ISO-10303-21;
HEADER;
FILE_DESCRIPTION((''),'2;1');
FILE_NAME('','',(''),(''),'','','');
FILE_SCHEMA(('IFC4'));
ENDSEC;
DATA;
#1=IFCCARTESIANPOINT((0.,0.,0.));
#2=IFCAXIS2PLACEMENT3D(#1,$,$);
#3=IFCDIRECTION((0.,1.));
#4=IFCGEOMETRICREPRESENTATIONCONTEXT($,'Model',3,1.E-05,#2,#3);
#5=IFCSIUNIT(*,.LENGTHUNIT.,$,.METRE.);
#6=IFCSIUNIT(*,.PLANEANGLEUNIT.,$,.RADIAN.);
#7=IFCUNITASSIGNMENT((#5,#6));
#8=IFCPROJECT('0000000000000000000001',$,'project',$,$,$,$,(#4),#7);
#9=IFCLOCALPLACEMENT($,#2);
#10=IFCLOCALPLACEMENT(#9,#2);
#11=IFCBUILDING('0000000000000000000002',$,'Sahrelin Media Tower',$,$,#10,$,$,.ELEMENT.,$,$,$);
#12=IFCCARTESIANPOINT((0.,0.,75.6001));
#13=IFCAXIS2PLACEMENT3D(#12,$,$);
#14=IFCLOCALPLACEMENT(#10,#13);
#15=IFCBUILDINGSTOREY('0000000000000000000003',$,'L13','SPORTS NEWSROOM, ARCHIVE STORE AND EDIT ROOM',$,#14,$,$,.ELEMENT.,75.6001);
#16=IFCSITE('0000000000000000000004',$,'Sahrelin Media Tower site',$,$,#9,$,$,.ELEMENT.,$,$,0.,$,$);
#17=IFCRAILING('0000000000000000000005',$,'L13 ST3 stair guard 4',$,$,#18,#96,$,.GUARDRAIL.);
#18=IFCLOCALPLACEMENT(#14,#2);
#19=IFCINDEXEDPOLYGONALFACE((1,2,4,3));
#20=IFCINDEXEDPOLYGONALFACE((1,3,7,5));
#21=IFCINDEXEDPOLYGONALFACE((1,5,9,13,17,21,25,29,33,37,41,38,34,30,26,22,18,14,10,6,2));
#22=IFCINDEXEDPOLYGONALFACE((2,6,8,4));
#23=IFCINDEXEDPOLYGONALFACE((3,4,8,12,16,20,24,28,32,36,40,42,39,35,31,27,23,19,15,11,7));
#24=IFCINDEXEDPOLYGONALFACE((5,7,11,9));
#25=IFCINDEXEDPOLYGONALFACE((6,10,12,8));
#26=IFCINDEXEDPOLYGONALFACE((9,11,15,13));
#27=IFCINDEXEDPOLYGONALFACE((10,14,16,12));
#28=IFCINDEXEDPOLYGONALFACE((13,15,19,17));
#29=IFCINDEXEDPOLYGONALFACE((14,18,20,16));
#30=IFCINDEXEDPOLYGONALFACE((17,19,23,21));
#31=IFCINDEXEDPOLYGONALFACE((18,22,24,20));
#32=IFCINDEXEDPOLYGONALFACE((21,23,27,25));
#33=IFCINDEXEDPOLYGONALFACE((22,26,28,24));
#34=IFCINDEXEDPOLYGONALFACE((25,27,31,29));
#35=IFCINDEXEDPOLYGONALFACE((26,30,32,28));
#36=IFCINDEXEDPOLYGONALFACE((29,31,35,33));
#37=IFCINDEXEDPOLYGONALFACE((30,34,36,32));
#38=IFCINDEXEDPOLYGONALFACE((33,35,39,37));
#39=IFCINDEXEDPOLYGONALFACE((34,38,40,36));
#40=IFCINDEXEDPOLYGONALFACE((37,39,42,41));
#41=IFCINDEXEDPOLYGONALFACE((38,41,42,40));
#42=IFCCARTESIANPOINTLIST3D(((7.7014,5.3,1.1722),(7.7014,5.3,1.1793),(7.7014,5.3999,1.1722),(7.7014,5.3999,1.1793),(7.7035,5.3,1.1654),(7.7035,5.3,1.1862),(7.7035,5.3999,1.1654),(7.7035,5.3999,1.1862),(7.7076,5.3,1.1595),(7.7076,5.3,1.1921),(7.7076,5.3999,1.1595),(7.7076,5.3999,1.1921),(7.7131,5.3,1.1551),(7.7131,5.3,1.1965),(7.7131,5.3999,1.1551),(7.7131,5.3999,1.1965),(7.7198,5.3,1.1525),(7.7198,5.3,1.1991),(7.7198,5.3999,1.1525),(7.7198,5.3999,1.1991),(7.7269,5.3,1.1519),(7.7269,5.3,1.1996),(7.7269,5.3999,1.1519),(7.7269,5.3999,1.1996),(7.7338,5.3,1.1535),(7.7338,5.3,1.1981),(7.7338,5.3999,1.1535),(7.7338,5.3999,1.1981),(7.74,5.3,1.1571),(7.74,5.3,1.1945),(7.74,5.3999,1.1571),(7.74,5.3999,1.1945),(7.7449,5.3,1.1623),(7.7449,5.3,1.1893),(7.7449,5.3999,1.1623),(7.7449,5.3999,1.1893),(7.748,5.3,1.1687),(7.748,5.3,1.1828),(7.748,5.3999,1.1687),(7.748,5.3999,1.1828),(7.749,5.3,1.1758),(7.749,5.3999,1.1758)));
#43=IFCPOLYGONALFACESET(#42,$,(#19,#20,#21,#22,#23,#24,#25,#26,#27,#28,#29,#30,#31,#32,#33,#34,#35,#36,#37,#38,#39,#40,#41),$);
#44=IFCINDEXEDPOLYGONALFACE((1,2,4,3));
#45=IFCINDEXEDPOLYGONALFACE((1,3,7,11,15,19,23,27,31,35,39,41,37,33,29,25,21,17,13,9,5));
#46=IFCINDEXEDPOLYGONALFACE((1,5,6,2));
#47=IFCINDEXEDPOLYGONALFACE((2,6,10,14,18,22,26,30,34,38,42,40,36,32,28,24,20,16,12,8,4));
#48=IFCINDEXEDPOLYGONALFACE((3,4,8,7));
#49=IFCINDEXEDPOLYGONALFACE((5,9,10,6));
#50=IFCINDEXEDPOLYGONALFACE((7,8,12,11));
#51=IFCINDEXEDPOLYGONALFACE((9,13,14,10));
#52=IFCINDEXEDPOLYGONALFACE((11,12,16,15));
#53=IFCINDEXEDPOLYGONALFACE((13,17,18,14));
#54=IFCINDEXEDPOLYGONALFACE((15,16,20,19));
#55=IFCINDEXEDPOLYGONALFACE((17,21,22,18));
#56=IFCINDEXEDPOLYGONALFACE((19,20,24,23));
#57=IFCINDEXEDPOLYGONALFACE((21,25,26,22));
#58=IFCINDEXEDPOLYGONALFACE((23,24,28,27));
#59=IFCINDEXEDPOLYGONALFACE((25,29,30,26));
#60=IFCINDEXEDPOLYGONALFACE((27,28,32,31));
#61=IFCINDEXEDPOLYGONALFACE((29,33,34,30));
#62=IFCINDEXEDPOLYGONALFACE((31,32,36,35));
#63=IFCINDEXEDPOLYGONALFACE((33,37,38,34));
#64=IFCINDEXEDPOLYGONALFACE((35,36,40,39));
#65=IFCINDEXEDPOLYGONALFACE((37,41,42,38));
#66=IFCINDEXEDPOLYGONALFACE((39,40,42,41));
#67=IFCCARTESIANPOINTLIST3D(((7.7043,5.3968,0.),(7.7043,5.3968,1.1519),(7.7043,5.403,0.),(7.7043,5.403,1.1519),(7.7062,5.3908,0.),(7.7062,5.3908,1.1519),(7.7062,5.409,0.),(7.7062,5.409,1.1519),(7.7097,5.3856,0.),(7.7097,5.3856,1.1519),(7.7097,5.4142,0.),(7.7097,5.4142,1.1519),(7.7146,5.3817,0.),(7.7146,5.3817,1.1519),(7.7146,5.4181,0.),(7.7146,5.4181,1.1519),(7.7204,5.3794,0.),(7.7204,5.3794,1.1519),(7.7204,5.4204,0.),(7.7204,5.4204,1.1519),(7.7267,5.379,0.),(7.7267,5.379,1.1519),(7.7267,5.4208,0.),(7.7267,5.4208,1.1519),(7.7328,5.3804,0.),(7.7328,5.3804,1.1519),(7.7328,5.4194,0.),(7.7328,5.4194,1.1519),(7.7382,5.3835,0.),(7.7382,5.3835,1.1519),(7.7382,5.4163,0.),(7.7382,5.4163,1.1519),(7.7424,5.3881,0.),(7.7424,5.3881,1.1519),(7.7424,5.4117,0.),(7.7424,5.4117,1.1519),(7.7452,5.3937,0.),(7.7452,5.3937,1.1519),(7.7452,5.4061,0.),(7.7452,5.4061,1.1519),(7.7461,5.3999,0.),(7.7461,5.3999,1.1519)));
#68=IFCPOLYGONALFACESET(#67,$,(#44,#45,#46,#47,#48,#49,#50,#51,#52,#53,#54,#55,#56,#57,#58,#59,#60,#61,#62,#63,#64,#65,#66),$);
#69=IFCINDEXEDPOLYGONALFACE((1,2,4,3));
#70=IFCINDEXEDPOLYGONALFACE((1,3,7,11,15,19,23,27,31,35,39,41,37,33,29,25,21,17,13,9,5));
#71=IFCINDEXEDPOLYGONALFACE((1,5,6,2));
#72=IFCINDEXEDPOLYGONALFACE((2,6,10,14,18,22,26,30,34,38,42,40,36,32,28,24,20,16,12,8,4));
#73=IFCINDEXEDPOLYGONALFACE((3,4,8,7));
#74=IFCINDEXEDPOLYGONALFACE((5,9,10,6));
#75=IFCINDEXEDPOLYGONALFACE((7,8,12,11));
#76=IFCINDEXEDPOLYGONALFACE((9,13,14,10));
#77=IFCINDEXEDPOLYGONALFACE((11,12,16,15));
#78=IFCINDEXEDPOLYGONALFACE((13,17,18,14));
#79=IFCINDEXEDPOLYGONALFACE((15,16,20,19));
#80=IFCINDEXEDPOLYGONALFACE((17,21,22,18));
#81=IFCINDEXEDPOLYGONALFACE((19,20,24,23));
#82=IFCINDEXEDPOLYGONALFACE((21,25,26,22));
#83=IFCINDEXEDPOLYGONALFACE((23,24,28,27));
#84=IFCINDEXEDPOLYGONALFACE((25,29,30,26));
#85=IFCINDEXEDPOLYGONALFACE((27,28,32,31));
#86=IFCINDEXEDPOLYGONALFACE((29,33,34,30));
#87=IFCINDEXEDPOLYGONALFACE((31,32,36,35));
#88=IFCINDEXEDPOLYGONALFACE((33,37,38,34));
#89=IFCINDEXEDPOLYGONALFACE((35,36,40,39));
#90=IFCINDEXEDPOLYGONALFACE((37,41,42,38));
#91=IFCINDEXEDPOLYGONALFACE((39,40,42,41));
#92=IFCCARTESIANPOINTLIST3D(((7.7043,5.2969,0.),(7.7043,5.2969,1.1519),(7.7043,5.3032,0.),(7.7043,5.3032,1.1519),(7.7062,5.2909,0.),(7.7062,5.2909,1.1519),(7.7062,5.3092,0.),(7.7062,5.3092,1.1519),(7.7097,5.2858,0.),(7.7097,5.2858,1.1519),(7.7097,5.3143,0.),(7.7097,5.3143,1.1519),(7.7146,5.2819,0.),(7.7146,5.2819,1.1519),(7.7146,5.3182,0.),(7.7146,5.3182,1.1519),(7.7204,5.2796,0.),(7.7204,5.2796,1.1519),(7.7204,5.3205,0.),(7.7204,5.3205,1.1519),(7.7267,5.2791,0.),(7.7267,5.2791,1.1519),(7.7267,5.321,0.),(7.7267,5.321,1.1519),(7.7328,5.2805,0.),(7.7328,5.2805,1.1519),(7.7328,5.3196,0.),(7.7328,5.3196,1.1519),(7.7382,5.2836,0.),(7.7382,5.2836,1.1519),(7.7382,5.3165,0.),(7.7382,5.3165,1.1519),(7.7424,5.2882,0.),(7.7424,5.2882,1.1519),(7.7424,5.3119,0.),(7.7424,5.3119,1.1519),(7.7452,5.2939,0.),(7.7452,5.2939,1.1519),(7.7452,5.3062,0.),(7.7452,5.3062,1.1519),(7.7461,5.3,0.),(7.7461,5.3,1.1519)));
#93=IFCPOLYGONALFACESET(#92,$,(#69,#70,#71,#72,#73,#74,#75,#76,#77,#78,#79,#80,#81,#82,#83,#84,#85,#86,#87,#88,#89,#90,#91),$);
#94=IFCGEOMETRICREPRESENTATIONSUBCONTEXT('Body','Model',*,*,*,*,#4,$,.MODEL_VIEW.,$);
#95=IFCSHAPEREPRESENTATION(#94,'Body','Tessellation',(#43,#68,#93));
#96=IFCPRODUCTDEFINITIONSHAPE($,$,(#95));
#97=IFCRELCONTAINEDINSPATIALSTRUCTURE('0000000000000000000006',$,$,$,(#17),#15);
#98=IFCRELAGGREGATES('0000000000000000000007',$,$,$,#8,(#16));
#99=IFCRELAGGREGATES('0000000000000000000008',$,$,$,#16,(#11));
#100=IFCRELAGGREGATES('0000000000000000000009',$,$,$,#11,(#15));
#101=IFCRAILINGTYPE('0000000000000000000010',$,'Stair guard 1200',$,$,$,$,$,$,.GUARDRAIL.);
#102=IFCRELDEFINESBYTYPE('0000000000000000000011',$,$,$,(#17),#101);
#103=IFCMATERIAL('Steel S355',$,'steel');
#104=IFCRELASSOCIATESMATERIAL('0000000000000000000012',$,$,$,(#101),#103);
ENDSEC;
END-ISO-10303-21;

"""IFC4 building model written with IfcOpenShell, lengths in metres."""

from ifc_helpers import new_model, si_unit, direction, frame, origin, origin_2d, place, context, subcontext, project, spatial, circle, extrude, material, type_object, element, save


model = new_model("IFC4")

# Units and contexts
model_context = context("Model", 3, precision=1e-05, world=origin(), true_north=direction((0.0, 1.0)))
body_context = subcontext(model_context, "Body", "Model", "MODEL_VIEW")
ifc_project = project(units=[si_unit("LENGTHUNIT", "METRE"), si_unit("PLANEANGLEUNIT", "RADIAN")], contexts=[model_context])

# Site, building, storey
site_placement = place(None, origin())
site = spatial("IfcSite", under=ifc_project, at=site_placement, Name="Sahrelin Media Tower site", CompositionType="ELEMENT", RefElevation=0.0)
building_placement = place(site_placement, origin())
building = spatial("IfcBuilding", under=site, at=building_placement, Name="Sahrelin Media Tower", CompositionType="ELEMENT")
storey_placement = place(building_placement, frame((0.0, 0.0, 75.6001)))
storey = spatial("IfcBuildingStorey", under=building, at=storey_placement, Name="L13", Description="SPORTS NEWSROOM, ARCHIVE STORE AND EDIT ROOM", CompositionType="ELEMENT", Elevation=75.6001)

# Shared definitions
ifc_material_1 = material(Name="Steel S355", Category="steel")

# Railing
railing_type_1 = type_object("IfcRailingType", Name="Stair guard 1200", PredefinedType="GUARDRAIL", material=ifc_material_1)
railing_1_placement = place(storey_placement, frame((7.7251, 5.3999, 0.0)))
element("IfcRailing", 1, at=railing_1_placement, inside=storey, type_object=railing_type_1, Name="L13 ST3 stair guard 4", PredefinedType="GUARDRAIL", context=body_context, shape_type="SweptSolid", body=[
    extrude(circle(Radius=0.0239, at=origin_2d()), frame((0.0, 0.0, 1.1758), z_axis=(0.0, -1.0, 0.0), x_axis=(1.0, 0.0, 0.0)), (0.0, 0.0, 1.0), 0.0999),
    extrude(circle(Radius=0.021, at=origin_2d()), origin(), (0.0, 0.0, 1.0), 1.1519),
    extrude(circle(Radius=0.021, at=origin_2d()), frame((0.0, -0.0999, 0.0)), (0.0, 0.0, 1.0), 1.1519),
])

save(model, "model.ifc")
